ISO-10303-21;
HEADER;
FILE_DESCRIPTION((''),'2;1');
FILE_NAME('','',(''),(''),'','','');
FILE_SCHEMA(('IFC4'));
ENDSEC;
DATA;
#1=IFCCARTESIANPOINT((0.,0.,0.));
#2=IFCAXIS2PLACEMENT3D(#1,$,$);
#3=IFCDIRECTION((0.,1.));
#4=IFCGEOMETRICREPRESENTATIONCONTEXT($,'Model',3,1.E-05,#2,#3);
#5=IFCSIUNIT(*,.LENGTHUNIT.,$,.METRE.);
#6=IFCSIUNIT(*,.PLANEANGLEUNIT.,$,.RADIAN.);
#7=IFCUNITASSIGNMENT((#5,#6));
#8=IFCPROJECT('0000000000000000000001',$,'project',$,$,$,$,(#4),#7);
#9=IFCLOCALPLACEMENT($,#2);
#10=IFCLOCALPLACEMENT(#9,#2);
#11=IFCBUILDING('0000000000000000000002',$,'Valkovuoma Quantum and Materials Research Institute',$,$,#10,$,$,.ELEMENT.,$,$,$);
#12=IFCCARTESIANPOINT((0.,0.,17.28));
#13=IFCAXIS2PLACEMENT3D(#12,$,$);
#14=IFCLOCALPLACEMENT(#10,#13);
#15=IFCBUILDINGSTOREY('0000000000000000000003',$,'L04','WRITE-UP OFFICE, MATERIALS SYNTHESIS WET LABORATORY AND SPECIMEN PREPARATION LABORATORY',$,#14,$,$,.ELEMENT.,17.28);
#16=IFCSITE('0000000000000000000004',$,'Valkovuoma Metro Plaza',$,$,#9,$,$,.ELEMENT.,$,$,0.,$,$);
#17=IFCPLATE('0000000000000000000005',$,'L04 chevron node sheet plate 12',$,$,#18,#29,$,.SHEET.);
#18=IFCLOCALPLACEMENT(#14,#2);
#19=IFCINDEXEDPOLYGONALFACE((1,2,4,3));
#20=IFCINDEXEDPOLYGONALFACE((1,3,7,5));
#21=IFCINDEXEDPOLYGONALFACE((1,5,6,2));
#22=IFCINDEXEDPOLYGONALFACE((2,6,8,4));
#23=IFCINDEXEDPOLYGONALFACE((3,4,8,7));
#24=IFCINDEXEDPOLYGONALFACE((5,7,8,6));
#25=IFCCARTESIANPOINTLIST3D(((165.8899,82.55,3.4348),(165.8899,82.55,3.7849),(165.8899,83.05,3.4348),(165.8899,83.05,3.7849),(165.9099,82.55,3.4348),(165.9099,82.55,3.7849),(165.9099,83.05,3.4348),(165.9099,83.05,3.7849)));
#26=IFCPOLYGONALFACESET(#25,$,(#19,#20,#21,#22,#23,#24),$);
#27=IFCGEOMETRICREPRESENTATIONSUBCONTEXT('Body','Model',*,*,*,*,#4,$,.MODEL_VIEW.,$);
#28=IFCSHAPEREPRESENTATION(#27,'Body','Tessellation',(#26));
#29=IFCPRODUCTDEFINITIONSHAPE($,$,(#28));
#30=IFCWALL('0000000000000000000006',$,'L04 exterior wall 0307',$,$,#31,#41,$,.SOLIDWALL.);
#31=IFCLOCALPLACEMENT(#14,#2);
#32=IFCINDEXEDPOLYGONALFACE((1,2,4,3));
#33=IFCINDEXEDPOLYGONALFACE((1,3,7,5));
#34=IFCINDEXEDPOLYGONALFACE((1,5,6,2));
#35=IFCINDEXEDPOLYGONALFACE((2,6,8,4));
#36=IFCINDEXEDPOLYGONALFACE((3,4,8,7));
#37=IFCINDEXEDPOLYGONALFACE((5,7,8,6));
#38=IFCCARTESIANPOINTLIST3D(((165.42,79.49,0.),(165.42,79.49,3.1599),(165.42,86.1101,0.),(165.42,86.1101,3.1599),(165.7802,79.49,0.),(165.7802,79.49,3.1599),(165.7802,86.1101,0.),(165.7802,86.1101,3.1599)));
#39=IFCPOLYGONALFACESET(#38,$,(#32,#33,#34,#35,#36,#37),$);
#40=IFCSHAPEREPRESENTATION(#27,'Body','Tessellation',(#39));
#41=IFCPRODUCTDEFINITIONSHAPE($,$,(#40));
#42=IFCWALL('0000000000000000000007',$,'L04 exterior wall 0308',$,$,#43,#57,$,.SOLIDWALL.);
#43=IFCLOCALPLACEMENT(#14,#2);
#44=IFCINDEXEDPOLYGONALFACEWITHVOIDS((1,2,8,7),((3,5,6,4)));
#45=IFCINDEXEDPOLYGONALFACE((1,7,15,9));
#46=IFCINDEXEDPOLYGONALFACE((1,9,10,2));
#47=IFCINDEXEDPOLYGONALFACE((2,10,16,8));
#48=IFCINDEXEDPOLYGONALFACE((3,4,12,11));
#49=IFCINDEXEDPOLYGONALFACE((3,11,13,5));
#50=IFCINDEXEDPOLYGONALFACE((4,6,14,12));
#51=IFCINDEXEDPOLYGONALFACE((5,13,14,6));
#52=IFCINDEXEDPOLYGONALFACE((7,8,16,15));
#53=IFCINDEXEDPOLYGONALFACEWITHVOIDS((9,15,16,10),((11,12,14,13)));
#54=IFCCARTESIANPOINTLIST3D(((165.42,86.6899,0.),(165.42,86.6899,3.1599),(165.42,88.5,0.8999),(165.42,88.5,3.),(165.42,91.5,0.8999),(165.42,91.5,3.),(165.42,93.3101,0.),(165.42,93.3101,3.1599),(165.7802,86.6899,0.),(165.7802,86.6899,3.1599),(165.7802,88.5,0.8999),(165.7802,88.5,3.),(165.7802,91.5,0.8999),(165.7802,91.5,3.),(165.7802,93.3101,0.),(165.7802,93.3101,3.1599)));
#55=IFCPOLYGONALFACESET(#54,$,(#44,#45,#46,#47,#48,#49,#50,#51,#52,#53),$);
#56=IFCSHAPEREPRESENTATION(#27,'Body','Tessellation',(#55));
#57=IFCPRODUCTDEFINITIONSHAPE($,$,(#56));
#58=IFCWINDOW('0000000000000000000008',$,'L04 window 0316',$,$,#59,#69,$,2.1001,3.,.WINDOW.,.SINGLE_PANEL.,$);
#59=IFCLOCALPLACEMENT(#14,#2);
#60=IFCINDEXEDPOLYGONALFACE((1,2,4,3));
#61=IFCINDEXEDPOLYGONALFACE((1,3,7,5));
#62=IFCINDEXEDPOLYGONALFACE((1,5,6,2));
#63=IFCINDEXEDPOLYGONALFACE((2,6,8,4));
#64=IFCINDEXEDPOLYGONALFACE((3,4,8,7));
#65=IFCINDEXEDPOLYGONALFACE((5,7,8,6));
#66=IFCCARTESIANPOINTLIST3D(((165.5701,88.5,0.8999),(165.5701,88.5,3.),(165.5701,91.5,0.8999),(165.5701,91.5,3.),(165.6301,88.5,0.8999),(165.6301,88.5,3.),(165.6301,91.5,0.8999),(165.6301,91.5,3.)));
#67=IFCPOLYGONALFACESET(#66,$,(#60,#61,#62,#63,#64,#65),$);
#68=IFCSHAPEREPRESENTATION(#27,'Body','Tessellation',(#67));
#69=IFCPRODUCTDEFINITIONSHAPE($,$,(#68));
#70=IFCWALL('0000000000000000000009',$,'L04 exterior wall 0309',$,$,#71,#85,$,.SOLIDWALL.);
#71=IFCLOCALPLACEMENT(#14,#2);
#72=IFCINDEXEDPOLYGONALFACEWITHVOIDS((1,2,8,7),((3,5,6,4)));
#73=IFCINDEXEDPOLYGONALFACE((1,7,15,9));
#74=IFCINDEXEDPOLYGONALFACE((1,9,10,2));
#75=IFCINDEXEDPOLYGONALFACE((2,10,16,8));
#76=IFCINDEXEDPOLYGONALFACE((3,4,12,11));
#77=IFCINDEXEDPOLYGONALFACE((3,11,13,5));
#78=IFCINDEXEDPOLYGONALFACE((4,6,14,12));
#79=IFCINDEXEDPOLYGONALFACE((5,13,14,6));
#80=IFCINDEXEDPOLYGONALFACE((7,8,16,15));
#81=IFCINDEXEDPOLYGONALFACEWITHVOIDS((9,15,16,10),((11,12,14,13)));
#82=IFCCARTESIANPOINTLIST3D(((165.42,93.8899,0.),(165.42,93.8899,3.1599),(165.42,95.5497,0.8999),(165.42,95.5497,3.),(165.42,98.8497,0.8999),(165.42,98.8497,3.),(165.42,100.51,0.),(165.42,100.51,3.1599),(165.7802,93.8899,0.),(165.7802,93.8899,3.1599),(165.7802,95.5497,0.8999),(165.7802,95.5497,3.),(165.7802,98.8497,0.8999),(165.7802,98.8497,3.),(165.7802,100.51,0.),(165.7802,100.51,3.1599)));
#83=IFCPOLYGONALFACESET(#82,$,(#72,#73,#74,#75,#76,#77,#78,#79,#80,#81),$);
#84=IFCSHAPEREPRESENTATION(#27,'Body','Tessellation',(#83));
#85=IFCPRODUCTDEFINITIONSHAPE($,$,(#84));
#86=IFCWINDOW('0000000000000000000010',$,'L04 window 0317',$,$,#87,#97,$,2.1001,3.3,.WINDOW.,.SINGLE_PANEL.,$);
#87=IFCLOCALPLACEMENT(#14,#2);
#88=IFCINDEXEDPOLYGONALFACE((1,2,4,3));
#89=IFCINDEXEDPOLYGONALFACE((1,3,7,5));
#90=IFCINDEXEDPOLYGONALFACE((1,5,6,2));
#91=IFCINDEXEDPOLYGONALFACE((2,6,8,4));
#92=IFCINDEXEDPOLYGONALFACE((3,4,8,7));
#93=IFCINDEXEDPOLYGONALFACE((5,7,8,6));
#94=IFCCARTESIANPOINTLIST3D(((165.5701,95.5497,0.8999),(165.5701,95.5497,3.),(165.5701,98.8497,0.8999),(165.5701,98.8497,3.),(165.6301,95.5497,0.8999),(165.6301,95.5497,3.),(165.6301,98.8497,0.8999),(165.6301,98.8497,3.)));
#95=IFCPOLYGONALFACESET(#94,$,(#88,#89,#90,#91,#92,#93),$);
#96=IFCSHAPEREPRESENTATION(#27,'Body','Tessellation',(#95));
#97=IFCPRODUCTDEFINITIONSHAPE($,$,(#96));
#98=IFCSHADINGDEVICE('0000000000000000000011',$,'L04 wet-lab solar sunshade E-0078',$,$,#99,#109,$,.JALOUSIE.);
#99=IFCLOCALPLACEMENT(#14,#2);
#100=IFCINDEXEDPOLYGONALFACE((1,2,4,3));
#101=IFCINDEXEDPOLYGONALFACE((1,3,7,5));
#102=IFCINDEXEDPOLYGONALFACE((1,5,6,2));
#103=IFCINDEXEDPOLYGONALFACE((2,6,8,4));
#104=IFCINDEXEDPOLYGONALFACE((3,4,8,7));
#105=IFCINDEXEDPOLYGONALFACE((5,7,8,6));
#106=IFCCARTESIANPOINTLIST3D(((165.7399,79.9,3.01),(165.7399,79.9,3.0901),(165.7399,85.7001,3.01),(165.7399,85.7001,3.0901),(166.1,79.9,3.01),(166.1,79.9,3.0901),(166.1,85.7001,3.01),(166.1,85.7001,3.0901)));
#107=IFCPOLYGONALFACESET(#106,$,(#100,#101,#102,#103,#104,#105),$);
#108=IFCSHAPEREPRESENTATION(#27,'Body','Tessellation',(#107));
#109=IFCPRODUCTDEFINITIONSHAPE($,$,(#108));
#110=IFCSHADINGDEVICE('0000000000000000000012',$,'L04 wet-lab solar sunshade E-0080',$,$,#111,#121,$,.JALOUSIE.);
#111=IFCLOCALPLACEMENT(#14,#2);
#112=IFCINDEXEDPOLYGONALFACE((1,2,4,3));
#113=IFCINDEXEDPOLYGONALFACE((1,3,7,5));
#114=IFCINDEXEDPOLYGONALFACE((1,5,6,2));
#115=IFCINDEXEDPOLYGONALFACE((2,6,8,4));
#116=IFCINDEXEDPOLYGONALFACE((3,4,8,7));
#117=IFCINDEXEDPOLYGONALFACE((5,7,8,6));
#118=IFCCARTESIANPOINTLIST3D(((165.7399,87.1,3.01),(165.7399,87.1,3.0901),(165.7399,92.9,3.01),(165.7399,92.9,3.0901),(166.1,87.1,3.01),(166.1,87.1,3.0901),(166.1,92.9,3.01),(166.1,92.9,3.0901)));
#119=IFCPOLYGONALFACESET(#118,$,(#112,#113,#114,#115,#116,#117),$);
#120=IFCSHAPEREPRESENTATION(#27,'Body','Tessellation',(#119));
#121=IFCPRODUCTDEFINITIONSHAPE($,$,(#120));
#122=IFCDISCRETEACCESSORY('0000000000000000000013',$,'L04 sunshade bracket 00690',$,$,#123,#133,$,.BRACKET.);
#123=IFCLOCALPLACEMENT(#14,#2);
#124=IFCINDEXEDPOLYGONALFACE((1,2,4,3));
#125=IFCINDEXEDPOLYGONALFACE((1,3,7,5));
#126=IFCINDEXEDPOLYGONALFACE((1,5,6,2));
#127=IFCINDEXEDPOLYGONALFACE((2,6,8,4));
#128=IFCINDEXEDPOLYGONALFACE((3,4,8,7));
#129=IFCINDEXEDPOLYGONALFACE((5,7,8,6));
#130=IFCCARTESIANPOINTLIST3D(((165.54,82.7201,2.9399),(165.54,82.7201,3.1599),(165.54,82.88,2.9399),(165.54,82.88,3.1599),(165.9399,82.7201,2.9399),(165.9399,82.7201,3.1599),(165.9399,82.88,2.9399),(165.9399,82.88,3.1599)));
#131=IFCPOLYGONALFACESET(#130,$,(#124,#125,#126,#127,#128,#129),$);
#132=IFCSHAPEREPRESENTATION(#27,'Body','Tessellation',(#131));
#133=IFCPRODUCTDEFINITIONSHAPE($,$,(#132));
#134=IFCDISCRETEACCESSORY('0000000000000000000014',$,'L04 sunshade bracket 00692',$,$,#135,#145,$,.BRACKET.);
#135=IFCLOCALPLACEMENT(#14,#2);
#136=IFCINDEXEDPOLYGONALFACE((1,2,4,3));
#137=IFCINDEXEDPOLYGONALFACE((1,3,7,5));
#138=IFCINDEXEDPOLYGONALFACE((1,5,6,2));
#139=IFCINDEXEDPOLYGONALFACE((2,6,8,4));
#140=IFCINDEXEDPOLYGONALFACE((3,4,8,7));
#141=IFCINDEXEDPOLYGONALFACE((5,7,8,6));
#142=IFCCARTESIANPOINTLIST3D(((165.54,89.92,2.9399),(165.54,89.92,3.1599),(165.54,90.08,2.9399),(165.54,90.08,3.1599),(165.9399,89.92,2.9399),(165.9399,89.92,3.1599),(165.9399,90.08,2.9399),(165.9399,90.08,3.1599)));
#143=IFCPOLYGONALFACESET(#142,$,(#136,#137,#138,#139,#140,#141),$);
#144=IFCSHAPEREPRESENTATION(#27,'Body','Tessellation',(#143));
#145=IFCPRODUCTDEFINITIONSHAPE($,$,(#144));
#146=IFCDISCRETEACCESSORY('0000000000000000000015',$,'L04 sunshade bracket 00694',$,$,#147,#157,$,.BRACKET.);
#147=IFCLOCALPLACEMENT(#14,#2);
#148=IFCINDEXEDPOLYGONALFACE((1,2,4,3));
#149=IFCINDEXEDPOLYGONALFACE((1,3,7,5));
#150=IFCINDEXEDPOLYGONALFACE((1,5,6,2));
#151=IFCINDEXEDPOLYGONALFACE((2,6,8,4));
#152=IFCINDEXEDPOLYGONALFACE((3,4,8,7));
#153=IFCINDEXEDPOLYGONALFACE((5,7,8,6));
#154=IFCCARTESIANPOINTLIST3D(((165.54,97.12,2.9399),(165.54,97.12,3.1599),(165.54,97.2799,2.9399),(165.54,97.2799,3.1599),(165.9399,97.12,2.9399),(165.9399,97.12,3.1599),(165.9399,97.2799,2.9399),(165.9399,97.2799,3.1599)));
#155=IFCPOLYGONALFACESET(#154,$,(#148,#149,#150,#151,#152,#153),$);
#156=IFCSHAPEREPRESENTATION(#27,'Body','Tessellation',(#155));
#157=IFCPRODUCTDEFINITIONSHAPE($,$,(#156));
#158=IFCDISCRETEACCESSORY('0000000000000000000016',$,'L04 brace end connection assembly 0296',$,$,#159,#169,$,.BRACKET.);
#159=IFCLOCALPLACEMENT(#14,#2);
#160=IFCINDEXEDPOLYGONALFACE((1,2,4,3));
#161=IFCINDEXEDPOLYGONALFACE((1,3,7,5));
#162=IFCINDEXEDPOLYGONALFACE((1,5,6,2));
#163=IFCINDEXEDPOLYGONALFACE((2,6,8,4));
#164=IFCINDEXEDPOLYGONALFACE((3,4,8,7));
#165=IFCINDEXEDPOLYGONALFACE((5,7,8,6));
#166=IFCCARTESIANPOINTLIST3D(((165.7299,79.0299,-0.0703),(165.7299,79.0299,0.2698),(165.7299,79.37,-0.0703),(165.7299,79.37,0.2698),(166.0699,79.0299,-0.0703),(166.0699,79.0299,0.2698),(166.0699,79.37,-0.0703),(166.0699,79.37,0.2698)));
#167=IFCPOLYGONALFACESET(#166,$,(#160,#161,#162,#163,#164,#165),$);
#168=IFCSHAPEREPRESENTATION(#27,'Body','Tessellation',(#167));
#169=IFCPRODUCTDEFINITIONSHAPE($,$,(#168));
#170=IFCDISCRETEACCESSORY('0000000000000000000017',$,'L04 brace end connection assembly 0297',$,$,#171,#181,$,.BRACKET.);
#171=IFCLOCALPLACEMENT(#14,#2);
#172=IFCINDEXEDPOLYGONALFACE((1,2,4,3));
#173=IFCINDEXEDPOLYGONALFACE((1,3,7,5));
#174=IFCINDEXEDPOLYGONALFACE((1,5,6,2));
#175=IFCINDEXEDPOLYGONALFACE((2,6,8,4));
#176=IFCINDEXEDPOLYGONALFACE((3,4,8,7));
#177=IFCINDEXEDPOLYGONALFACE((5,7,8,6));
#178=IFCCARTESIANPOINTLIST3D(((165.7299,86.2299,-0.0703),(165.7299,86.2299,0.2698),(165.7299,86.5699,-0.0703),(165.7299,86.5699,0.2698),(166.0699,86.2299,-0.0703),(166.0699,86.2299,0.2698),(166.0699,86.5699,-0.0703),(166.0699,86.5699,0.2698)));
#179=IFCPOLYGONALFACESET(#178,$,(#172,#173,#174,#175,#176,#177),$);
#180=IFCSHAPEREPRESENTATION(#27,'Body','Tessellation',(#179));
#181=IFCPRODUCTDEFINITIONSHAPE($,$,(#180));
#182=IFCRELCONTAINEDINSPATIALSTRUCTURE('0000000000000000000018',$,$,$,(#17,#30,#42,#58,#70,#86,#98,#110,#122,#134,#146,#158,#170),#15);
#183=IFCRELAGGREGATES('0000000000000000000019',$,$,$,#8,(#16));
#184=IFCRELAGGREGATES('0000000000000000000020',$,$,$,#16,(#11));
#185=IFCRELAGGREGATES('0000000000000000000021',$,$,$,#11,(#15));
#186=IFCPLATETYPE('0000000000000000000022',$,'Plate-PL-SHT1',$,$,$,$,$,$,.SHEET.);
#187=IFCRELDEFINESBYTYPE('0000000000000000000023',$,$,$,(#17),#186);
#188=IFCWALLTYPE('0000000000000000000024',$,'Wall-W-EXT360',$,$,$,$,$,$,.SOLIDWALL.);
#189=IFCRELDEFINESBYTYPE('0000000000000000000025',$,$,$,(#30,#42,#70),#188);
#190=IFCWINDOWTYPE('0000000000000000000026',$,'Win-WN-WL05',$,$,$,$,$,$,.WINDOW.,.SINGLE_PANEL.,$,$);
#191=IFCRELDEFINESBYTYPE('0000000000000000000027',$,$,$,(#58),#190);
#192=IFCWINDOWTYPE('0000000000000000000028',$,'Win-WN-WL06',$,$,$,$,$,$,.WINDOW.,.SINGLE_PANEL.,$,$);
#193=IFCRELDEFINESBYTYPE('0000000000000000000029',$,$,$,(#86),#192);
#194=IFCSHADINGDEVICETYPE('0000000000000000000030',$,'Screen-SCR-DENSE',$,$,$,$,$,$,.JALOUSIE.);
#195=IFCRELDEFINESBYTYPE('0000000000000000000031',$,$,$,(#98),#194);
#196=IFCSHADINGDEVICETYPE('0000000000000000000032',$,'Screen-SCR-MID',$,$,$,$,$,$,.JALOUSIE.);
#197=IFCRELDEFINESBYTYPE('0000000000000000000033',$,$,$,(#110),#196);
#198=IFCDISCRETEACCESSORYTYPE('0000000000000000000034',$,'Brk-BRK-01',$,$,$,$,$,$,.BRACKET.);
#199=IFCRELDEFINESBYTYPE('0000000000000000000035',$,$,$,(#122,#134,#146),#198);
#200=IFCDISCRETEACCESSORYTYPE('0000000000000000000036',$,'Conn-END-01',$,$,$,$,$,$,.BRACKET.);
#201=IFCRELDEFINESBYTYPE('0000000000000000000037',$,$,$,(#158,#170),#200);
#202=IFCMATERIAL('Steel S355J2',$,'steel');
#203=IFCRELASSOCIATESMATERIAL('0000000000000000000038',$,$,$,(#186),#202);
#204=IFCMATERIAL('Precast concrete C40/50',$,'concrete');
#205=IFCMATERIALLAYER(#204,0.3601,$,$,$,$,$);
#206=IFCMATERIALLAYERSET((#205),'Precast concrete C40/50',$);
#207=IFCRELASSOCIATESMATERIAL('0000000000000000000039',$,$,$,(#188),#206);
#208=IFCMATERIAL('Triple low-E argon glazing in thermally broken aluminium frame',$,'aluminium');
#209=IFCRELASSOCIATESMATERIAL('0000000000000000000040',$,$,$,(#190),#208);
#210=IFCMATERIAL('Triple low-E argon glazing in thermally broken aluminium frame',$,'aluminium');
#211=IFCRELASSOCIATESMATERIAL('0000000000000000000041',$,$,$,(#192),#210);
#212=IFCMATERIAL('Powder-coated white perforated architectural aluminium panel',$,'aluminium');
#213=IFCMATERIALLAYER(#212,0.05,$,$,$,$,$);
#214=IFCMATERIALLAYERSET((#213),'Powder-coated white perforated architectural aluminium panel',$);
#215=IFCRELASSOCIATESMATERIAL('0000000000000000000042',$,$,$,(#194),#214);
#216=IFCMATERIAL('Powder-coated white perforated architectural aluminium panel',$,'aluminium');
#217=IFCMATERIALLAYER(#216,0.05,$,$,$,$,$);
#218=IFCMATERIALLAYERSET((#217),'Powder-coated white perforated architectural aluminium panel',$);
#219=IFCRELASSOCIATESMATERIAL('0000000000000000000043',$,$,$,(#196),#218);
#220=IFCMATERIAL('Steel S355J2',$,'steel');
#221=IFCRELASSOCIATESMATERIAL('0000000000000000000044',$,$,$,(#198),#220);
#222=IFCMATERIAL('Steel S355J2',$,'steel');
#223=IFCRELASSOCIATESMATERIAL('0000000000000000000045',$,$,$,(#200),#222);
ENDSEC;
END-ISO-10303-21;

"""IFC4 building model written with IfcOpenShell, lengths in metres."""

from ifc_helpers import new_model, si_unit, direction, frame, frame_2d, origin, origin_2d, place, context, subcontext, project, spatial, rectangle, extrude, material, layer, layer_set, type_object, element, fill, save


model = new_model("IFC4")

# Units and contexts
model_context = context("Model", 3, precision=1e-05, world=origin(), true_north=direction((0.0, 1.0)))
body_context = subcontext(model_context, "Body", "Model", "MODEL_VIEW")
ifc_project = project(units=[si_unit("LENGTHUNIT", "METRE"), si_unit("PLANEANGLEUNIT", "RADIAN")], contexts=[model_context])

# Site, building, storey
site_placement = place(None, origin())
site = spatial("IfcSite", under=ifc_project, at=site_placement, Name="Valkovuoma Metro Plaza", CompositionType="ELEMENT", RefElevation=0.0)
building_placement = place(site_placement, origin())
building = spatial("IfcBuilding", under=site, at=building_placement, Name="Valkovuoma Quantum and Materials Research Institute", CompositionType="ELEMENT")
storey_placement = place(building_placement, frame((0.0, 0.0, 17.28)))
storey = spatial("IfcBuildingStorey", under=building, at=storey_placement, Name="L04", Description="WRITE-UP OFFICE, MATERIALS SYNTHESIS WET LABORATORY AND SPECIMEN PREPARATION LABORATORY", CompositionType="ELEMENT", Elevation=17.28)

# Plate
ifc_material_1 = material(Name="Steel S355J2", Category="steel")
plate_type = type_object("IfcPlateType", Name="Plate-PL-SHT1", PredefinedType="SHEET", material=ifc_material_1)
plate_placement = place(storey_placement, frame((165.8999, 82.8, 3.4348), z_axis=(0.0, 0.0, 1.0), x_axis=(0.0, 1.0, 0.0)))
element("IfcPlate", 1, at=plate_placement, inside=storey, type_object=plate_type, Name="L04 chevron node sheet plate 12", PredefinedType="SHEET", context=body_context, shape_type="SweptSolid", body=[
    extrude(rectangle(XDim=0.5, YDim=0.02, at=origin_2d()), origin(), (0.0, 0.0, 1.0), 0.3501),
])

# Wall
ifc_material_2 = material(Name="Precast concrete C40/50", Category="concrete")
ifc_layer_1 = layer(ifc_material_2, 0.3601)
ifc_layer_set_1 = layer_set([ifc_layer_1], Name="Precast concrete C40/50")
wall_type = type_object("IfcWallType", Name="Wall-W-EXT360", PredefinedType="SOLIDWALL", material=ifc_layer_set_1)
wall_1_placement = place(storey_placement, frame((165.6001, 79.49, 0.0), z_axis=(0.0, 0.0, 1.0), x_axis=(0.0, 1.0, 0.0)))
element("IfcWall", 2, at=wall_1_placement, inside=storey, type_object=wall_type, Name="L04 exterior wall 0307", PredefinedType="SOLIDWALL", context=body_context, shape_type="SweptSolid", body=[
    extrude(rectangle(XDim=6.6201, YDim=0.3601, at=frame_2d((3.3101, 0.0))), origin(), (0.0, 0.0, 1.0), 3.1599),
])

# Walls, openings, windows
wall_2_placement = place(storey_placement, frame((165.6001, 86.6899, 0.0), z_axis=(0.0, 0.0, 1.0), x_axis=(0.0, 1.0, 0.0)))
wall_2 = element("IfcWall", 3, at=wall_2_placement, inside=storey, type_object=wall_type, Name="L04 exterior wall 0308", PredefinedType="SOLIDWALL", context=body_context, shape_type="SweptSolid", body=[
    extrude(rectangle(XDim=6.6201, YDim=0.3601, at=frame_2d((3.3101, 0.0))), origin(), (0.0, 0.0, 1.0), 3.1599),
])
opening_1_placement = place(wall_2_placement, frame((1.8101, 0.0, 0.8999)))
opening_1 = element("IfcOpeningElement", 4, at=opening_1_placement, cuts=wall_2, PredefinedType="OPENING", context=body_context, shape_type="SweptSolid", body=[
    extrude(rectangle(XDim=3.0, YDim=2.1001, at=frame_2d((1.5, 1.05))), frame((0.0, 0.1899, 0.0), z_axis=(0.0, -1.0, 0.0), x_axis=(1.0, 0.0, 0.0)), (0.0, 0.0, 1.0), 0.3801),
])
ifc_material_3 = material(Name="Triple low-E argon glazing in thermally broken aluminium frame", Category="aluminium")
window_type_1 = type_object("IfcWindowType", Name="Win-WN-WL05", PartitioningType="SINGLE_PANEL", PredefinedType="WINDOW", material=ifc_material_3)
window_1_placement = place(opening_1_placement, origin())
window_1 = element("IfcWindow", 5, at=window_1_placement, inside=storey, type_object=window_type_1, Name="L04 window 0316", OverallHeight=2.1001, OverallWidth=3.0, PartitioningType="SINGLE_PANEL", PredefinedType="WINDOW", context=body_context, shape_type="SweptSolid", body=[
    extrude(rectangle(XDim=3.0, YDim=2.1001, at=frame_2d((1.5, 1.05))), frame((0.0, 0.03, 0.0), z_axis=(0.0, -1.0, 0.0), x_axis=(1.0, 0.0, 0.0)), (0.0, 0.0, 1.0), 0.0601),
])
fill(opening_1, window_1)
wall_3_placement = place(storey_placement, frame((165.6001, 93.8899, 0.0), z_axis=(0.0, 0.0, 1.0), x_axis=(0.0, 1.0, 0.0)))
wall_3 = element("IfcWall", 6, at=wall_3_placement, inside=storey, type_object=wall_type, Name="L04 exterior wall 0309", PredefinedType="SOLIDWALL", context=body_context, shape_type="SweptSolid", body=[
    extrude(rectangle(XDim=6.6201, YDim=0.3601, at=frame_2d((3.3101, 0.0))), origin(), (0.0, 0.0, 1.0), 3.1599),
])
opening_2_placement = place(wall_3_placement, frame((1.6599, 0.0, 0.8999)))
opening_2 = element("IfcOpeningElement", 7, at=opening_2_placement, cuts=wall_3, PredefinedType="OPENING", context=body_context, shape_type="SweptSolid", body=[
    extrude(rectangle(XDim=3.3, YDim=2.1001, at=frame_2d((1.6499, 1.05))), frame((0.0, 0.1899, 0.0), z_axis=(0.0, -1.0, 0.0), x_axis=(1.0, 0.0, 0.0)), (0.0, 0.0, 1.0), 0.3801),
])
ifc_material_4 = material(Name="Triple low-E argon glazing in thermally broken aluminium frame", Category="aluminium")
window_type_2 = type_object("IfcWindowType", Name="Win-WN-WL06", PartitioningType="SINGLE_PANEL", PredefinedType="WINDOW", material=ifc_material_4)
window_2_placement = place(opening_2_placement, origin())
window_2 = element("IfcWindow", 8, at=window_2_placement, inside=storey, type_object=window_type_2, Name="L04 window 0317", OverallHeight=2.1001, OverallWidth=3.3, PartitioningType="SINGLE_PANEL", PredefinedType="WINDOW", context=body_context, shape_type="SweptSolid", body=[
    extrude(rectangle(XDim=3.3, YDim=2.1001, at=frame_2d((1.6499, 1.05))), frame((0.0, 0.03, 0.0), z_axis=(0.0, -1.0, 0.0), x_axis=(1.0, 0.0, 0.0)), (0.0, 0.0, 1.0), 0.0601),
])
fill(opening_2, window_2)

# Shading devices
ifc_material_5 = material(Name="Powder-coated white perforated architectural aluminium panel", Category="aluminium")
ifc_layer_2 = layer(ifc_material_5, 0.05)
ifc_layer_set_2 = layer_set([ifc_layer_2], Name="Powder-coated white perforated architectural aluminium panel")
shading_device_type_1 = type_object("IfcShadingDeviceType", Name="Screen-SCR-DENSE", PredefinedType="JALOUSIE", material=ifc_layer_set_2)
shading_device_1_placement = place(storey_placement, frame((165.9199, 82.8, 3.01), z_axis=(0.0, 0.0, 1.0), x_axis=(1.0, 0.0, 0.0)))
element("IfcShadingDevice", 9, at=shading_device_1_placement, inside=storey, type_object=shading_device_type_1, Name="L04 wet-lab solar sunshade E-0078", PredefinedType="JALOUSIE", context=body_context, shape_type="SweptSolid", body=[
    extrude(rectangle(XDim=0.3601, YDim=5.8, at=origin_2d()), origin(), (0.0, 0.0, 1.0), 0.0801),
])
ifc_material_6 = material(Name="Powder-coated white perforated architectural aluminium panel", Category="aluminium")
ifc_layer_3 = layer(ifc_material_6, 0.05)
ifc_layer_set_3 = layer_set([ifc_layer_3], Name="Powder-coated white perforated architectural aluminium panel")
shading_device_type_2 = type_object("IfcShadingDeviceType", Name="Screen-SCR-MID", PredefinedType="JALOUSIE", material=ifc_layer_set_3)
shading_device_2_placement = place(storey_placement, frame((165.9199, 90.0, 3.01), z_axis=(0.0, 0.0, 1.0), x_axis=(1.0, 0.0, 0.0)))
element("IfcShadingDevice", 10, at=shading_device_2_placement, inside=storey, type_object=shading_device_type_2, Name="L04 wet-lab solar sunshade E-0080", PredefinedType="JALOUSIE", context=body_context, shape_type="SweptSolid", body=[
    extrude(rectangle(XDim=0.3601, YDim=5.8, at=origin_2d()), origin(), (0.0, 0.0, 1.0), 0.0801),
])

# Discrete accessories
ifc_material_7 = material(Name="Steel S355J2", Category="steel")
discrete_accessory_type_1 = type_object("IfcDiscreteAccessoryType", Name="Brk-BRK-01", PredefinedType="BRACKET", material=ifc_material_7)
for number, where, z_axis, x_axis, name in (
    (11, (165.74, 82.8, 2.9399), (0.0, 0.0, 1.0), (1.0, 0.0, 0.0), "L04 sunshade bracket 00690"),
    (12, (165.74, 90.0, 2.9399), (0.0, 0.0, 1.0), (1.0, 0.0, 0.0), "L04 sunshade bracket 00692"),
    (13, (165.74, 97.2, 2.9399), (0.0, 0.0, 1.0), (1.0, 0.0, 0.0), "L04 sunshade bracket 00694"),
):
    element("IfcDiscreteAccessory", number, at=place(storey_placement, frame(where, z_axis=z_axis, x_axis=x_axis)), inside=storey, type_object=discrete_accessory_type_1, Name=name, PredefinedType="BRACKET", context=body_context, shape_type="SweptSolid", body=[
        extrude(rectangle(XDim=0.3999, YDim=0.1599, at=origin_2d()), origin(), (0.0, 0.0, 1.0), 0.22),
    ])
ifc_material_8 = material(Name="Steel S355J2", Category="steel")
discrete_accessory_type_2 = type_object("IfcDiscreteAccessoryType", Name="Conn-END-01", PredefinedType="BRACKET", material=ifc_material_8)
for number, where, z_axis, x_axis, name in (
    (14, (165.8999, 79.2, -0.0703), (0.0, 0.0, 1.0), (1.0, 0.0, 0.0), "L04 brace end connection assembly 0296"),
    (15, (165.8999, 86.3999, -0.0703), (0.0, 0.0, 1.0), (1.0, 0.0, 0.0), "L04 brace end connection assembly 0297"),
):
    element("IfcDiscreteAccessory", number, at=place(storey_placement, frame(where, z_axis=z_axis, x_axis=x_axis)), inside=storey, type_object=discrete_accessory_type_2, Name=name, PredefinedType="BRACKET", context=body_context, shape_type="SweptSolid", body=[
        extrude(rectangle(XDim=0.3401, YDim=0.3401, at=origin_2d()), origin(), (0.0, 0.0, 1.0), 0.3401),
    ])

save(model, "model.ifc")
